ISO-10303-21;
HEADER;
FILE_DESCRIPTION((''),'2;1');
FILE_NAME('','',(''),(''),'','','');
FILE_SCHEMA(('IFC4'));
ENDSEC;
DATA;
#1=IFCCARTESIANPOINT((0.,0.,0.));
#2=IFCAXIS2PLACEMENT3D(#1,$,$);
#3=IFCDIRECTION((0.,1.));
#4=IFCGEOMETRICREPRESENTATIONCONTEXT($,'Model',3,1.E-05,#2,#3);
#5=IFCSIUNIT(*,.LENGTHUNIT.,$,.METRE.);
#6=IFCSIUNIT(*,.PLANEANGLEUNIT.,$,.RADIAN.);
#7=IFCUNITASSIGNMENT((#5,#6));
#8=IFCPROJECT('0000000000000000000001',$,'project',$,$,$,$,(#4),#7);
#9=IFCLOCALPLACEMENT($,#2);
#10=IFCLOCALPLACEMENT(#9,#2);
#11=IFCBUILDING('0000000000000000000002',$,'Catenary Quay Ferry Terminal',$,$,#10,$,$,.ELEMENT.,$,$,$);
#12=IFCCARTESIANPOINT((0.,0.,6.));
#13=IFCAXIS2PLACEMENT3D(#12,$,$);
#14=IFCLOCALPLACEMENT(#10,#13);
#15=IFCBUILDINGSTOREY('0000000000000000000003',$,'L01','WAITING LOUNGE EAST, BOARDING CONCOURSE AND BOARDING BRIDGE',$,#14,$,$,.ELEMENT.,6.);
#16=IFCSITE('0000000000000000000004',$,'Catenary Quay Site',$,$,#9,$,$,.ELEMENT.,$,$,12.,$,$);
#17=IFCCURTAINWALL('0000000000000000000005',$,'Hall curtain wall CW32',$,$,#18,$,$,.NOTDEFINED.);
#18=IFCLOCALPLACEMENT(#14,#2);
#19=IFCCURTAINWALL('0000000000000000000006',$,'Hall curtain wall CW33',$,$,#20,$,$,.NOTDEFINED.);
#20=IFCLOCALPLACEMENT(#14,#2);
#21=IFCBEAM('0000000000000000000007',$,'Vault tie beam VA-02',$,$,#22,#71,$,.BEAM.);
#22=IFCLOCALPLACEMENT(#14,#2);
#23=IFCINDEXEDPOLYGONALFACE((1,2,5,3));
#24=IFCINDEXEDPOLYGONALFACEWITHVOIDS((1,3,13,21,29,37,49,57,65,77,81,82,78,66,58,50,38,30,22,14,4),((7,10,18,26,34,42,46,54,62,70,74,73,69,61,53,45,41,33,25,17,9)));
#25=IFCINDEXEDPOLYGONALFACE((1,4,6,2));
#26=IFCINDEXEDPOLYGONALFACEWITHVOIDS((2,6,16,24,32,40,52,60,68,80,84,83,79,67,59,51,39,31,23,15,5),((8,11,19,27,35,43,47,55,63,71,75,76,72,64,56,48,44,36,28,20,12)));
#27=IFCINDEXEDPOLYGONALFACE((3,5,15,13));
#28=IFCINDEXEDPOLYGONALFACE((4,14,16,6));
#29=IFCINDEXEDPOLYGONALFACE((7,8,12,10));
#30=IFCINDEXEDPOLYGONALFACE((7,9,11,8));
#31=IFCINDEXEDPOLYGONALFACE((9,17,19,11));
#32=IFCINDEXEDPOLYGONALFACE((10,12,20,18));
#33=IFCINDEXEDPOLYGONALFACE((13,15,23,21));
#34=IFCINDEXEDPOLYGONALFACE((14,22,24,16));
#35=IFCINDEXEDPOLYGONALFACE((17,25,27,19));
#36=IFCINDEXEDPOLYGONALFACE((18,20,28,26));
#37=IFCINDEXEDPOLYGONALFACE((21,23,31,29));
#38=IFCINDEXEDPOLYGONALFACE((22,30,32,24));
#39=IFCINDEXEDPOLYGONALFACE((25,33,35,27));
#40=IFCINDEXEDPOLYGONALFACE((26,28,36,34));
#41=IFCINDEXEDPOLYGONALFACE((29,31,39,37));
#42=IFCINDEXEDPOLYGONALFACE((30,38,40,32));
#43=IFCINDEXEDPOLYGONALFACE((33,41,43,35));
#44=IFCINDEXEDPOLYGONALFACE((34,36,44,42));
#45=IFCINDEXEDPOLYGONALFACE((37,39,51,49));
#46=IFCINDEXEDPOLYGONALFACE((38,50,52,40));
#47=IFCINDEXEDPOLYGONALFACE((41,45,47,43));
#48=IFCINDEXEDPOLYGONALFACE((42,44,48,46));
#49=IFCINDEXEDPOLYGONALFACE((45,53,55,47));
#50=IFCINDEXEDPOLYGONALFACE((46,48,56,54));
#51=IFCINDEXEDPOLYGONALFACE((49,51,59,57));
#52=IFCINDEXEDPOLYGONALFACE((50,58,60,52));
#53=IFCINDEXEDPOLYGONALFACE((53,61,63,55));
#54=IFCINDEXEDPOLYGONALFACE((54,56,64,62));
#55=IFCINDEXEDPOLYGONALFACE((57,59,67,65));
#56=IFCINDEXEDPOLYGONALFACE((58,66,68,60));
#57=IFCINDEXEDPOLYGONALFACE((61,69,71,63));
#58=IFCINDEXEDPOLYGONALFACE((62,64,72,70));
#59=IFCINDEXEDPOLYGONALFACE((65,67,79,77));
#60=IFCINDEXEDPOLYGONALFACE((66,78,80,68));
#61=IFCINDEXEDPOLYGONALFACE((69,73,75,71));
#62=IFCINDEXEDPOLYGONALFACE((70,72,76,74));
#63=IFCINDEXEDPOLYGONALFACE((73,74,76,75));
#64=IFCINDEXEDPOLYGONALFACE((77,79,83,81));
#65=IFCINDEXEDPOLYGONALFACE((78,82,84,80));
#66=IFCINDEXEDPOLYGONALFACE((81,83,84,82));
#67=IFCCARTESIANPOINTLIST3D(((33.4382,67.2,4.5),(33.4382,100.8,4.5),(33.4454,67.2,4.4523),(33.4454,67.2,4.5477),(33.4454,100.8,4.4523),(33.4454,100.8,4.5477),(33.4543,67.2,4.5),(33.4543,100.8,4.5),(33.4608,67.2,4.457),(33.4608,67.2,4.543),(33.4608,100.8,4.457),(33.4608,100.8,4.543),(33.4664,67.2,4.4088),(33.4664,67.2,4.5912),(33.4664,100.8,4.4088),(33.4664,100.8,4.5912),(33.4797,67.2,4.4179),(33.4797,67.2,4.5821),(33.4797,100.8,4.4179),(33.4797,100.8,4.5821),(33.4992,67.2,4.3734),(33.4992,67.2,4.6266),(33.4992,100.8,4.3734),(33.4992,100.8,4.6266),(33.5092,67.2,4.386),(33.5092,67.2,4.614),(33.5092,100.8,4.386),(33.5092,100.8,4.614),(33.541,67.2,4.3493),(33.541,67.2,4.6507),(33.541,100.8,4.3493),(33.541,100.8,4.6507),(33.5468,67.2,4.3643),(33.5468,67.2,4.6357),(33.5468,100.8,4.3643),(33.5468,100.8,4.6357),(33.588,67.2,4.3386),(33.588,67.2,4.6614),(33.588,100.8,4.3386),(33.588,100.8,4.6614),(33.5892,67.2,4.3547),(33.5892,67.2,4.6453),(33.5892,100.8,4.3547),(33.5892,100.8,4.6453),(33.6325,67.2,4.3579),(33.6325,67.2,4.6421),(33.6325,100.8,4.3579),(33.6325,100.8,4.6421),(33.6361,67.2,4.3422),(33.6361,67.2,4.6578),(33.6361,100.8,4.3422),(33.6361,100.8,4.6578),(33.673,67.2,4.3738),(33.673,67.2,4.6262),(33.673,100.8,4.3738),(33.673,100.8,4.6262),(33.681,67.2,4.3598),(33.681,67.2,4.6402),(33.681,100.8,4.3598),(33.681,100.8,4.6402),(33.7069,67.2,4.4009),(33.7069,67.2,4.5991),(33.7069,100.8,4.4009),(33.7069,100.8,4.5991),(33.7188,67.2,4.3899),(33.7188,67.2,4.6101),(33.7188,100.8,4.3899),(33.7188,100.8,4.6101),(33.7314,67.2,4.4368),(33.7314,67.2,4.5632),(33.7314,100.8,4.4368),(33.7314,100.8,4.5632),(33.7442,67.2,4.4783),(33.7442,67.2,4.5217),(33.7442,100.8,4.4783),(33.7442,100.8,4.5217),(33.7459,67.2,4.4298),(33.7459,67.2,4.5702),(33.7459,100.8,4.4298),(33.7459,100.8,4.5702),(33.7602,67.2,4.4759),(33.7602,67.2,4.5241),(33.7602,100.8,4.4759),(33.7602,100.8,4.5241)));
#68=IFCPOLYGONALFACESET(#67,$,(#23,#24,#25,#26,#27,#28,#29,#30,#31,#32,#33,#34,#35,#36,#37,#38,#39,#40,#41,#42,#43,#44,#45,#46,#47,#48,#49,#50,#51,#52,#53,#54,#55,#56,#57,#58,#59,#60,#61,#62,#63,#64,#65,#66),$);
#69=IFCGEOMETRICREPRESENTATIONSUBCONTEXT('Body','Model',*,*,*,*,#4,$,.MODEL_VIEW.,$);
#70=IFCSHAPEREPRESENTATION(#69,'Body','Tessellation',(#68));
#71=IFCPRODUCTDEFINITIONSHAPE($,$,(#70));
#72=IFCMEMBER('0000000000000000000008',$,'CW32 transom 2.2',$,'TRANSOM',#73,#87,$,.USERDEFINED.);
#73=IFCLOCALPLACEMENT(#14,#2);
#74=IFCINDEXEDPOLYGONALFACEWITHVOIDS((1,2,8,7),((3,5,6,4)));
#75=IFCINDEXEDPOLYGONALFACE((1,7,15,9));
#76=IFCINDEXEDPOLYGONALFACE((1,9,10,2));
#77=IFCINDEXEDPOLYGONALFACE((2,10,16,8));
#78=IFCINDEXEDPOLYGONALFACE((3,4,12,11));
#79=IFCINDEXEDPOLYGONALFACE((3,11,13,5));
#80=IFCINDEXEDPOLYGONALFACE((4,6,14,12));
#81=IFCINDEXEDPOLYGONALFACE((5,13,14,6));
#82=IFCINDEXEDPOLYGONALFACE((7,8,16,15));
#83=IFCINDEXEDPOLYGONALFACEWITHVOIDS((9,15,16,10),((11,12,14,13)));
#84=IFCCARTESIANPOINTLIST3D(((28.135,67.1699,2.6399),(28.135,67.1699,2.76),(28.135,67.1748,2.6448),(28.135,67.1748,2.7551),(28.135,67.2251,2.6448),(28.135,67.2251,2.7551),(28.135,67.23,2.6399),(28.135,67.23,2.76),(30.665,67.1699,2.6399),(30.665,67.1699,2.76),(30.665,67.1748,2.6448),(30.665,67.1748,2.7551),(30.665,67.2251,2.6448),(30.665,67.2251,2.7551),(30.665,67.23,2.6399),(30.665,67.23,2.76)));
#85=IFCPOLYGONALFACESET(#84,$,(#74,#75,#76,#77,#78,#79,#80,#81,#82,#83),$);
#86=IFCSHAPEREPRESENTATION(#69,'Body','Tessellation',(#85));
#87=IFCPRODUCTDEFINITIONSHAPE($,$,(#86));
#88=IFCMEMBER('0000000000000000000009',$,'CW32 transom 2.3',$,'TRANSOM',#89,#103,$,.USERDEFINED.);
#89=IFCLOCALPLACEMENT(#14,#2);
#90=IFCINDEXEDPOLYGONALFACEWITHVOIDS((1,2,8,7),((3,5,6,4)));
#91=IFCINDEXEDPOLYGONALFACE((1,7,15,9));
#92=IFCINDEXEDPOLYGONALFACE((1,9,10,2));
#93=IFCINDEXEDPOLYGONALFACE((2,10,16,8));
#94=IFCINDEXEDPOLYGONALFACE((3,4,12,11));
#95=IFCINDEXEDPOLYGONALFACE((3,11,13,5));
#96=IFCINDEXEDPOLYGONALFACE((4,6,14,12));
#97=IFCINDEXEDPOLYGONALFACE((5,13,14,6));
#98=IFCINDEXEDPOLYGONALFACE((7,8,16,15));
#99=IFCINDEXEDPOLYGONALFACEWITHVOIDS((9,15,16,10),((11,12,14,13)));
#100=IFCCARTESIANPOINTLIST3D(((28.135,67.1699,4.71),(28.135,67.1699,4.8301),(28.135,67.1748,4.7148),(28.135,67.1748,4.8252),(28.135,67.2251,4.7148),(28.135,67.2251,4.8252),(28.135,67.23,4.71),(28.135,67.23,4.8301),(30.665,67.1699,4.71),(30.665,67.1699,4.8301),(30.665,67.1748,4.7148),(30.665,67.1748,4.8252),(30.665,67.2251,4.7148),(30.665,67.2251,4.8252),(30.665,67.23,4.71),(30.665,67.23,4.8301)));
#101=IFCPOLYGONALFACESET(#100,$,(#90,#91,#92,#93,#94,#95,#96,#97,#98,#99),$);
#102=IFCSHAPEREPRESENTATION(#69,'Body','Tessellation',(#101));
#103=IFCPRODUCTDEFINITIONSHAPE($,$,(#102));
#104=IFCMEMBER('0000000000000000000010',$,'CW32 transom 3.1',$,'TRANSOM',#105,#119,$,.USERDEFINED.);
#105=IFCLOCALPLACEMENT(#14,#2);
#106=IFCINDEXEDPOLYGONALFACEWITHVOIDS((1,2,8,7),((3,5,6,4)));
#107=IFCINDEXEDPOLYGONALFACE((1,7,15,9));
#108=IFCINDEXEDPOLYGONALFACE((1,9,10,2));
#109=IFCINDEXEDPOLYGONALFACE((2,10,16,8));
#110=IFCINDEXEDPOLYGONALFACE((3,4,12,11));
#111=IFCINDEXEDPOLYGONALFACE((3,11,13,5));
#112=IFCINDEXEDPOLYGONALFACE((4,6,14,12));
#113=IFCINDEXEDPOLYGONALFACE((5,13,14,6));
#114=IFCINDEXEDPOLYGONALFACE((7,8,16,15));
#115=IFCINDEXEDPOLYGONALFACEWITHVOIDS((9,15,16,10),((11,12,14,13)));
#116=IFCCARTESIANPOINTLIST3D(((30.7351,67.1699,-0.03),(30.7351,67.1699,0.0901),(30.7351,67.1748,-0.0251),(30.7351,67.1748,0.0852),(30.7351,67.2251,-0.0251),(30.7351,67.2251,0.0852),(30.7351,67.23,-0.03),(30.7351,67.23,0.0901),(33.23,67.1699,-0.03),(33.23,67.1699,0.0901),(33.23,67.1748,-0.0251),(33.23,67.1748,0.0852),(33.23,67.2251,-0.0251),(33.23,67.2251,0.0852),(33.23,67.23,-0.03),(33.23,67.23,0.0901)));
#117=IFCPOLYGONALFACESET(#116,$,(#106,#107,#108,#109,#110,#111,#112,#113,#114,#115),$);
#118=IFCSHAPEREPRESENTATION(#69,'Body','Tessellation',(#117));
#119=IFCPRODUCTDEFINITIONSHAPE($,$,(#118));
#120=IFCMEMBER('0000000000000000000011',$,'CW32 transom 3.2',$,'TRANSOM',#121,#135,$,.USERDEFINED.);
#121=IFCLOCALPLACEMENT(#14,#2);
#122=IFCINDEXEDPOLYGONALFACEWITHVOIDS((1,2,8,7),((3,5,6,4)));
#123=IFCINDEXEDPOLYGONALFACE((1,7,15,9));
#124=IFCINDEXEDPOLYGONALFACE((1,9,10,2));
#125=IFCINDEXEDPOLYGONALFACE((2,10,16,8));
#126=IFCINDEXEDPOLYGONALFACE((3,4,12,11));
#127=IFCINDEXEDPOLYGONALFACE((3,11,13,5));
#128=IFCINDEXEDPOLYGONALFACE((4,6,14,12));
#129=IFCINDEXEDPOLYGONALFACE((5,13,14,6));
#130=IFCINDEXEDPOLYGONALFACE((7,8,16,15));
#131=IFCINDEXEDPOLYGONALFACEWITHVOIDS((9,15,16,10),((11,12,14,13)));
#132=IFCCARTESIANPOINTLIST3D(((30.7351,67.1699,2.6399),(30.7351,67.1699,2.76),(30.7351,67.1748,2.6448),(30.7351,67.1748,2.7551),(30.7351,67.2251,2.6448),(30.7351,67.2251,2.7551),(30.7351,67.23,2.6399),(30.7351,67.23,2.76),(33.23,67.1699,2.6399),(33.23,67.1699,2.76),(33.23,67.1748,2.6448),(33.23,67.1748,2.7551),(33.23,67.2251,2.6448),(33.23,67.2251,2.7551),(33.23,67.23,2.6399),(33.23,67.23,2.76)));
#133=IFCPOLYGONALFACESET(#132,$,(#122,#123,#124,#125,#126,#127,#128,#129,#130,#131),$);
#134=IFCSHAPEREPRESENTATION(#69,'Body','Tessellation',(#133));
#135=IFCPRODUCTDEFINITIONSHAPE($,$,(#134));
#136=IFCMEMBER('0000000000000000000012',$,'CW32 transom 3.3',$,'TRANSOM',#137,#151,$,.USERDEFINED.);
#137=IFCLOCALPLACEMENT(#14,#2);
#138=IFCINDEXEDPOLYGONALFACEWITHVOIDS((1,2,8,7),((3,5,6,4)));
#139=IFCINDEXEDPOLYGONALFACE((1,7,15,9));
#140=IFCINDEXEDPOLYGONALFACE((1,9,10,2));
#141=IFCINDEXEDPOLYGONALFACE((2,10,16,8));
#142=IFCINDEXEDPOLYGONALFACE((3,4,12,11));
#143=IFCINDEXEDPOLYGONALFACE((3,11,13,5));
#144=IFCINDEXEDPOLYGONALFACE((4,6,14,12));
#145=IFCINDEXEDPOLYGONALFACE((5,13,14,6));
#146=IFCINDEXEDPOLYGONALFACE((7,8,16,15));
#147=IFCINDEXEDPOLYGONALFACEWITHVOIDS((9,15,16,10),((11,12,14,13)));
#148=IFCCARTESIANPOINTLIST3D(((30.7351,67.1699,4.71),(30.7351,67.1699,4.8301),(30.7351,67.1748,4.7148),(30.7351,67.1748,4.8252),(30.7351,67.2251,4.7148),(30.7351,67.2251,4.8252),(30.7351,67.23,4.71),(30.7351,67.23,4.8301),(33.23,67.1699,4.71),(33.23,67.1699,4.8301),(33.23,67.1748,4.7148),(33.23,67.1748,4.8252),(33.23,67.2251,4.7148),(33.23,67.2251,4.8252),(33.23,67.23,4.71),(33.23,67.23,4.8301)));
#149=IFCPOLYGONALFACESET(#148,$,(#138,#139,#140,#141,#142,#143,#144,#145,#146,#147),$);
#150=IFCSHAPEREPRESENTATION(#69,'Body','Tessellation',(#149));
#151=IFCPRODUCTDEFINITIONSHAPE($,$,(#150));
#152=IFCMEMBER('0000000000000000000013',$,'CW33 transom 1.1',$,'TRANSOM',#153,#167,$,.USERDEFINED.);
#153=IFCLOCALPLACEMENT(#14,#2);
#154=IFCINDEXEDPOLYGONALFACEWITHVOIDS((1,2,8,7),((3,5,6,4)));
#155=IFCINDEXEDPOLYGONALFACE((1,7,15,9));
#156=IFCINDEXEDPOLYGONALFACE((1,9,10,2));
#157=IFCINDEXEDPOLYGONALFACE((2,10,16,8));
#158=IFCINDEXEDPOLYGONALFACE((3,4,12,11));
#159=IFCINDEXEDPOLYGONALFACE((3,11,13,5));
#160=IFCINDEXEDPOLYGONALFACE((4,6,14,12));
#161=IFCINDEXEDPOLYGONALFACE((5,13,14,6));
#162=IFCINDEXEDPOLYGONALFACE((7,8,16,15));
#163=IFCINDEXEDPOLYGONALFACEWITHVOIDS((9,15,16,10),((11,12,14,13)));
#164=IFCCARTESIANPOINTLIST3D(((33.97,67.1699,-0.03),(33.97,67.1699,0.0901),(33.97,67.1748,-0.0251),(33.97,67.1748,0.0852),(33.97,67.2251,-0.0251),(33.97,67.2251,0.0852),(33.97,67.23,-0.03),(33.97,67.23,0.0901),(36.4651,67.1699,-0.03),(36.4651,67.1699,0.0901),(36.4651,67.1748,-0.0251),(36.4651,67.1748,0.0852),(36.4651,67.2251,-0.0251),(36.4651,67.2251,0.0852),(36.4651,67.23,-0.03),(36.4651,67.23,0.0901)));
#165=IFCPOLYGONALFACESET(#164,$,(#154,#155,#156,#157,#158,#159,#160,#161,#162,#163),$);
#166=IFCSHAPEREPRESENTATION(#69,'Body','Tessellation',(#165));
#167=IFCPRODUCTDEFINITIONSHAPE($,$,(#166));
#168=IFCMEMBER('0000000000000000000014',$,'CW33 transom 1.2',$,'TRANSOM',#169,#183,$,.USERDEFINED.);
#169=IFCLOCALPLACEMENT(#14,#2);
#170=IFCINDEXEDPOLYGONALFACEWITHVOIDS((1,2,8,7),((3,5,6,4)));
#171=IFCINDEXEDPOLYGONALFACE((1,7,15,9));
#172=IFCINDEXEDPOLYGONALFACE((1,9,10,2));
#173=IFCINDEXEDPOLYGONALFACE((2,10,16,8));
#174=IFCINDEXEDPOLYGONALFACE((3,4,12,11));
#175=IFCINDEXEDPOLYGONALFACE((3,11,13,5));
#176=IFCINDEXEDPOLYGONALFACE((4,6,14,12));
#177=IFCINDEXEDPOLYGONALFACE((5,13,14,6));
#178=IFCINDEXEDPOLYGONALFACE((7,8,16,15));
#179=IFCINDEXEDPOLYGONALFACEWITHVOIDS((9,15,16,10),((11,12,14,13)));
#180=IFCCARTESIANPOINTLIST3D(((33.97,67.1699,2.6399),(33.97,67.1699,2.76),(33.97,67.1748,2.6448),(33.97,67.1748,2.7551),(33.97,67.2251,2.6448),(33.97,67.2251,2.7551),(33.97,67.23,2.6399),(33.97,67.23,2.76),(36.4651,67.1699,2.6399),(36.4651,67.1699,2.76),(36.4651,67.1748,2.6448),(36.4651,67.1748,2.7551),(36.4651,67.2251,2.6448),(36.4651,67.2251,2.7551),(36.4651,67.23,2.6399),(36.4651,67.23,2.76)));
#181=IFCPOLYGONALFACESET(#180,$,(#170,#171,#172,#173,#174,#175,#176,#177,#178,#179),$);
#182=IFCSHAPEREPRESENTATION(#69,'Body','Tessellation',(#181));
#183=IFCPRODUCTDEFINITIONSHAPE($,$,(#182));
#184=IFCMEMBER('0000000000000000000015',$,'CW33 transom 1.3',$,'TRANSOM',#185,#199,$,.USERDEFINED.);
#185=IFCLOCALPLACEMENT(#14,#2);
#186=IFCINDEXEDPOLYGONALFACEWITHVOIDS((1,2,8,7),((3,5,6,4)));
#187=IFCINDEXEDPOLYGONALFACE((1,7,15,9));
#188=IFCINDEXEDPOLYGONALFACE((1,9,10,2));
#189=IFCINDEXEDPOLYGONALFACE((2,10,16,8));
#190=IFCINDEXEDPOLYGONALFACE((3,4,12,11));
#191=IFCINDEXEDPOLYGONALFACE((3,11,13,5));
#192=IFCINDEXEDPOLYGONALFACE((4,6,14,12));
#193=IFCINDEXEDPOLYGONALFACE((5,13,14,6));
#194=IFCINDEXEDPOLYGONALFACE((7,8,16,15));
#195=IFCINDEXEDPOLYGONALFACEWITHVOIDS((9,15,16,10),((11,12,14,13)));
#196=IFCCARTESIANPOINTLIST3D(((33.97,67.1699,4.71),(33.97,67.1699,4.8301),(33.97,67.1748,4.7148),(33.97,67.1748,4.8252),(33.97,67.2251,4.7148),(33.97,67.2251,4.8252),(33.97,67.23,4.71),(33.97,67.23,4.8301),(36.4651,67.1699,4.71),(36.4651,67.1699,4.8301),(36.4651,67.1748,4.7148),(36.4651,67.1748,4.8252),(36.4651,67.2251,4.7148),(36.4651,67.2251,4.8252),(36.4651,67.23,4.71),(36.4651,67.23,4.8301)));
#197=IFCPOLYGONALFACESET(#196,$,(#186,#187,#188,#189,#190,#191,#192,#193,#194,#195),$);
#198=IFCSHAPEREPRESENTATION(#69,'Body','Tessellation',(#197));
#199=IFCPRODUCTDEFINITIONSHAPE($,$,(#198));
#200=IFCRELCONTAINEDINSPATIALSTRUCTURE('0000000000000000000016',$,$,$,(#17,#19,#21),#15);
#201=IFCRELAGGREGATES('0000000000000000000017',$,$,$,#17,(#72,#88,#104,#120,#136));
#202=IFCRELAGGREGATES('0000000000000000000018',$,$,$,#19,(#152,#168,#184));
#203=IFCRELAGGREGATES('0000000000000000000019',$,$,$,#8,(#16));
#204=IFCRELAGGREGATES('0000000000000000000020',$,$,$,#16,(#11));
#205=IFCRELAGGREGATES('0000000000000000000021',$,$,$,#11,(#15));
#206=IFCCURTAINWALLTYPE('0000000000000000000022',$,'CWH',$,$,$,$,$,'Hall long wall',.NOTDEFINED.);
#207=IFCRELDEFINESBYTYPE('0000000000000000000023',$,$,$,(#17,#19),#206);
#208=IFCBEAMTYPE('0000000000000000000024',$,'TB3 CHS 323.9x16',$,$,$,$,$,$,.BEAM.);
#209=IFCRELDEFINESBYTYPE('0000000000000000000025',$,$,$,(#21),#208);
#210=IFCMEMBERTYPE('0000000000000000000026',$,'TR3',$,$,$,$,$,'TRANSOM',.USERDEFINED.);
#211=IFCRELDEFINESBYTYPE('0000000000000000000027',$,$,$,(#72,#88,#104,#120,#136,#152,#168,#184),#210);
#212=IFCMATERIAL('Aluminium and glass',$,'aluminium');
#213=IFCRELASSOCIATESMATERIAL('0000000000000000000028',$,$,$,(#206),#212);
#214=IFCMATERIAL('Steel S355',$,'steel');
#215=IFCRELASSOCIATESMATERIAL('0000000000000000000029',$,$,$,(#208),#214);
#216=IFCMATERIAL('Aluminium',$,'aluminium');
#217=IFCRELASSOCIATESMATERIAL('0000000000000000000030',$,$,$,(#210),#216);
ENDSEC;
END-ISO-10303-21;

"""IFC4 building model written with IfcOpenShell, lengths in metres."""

from ifc_helpers import new_model, si_unit, direction, frame, origin, origin_2d, place, context, subcontext, project, spatial, hollow_rectangle, hollow_circle, extrude, material, material_profile, profile_set, type_object, element, aggregate, save


model = new_model("IFC4")

# Units and contexts
model_context = context("Model", 3, precision=1e-05, world=origin(), true_north=direction((0.0, 1.0)))
body_context = subcontext(model_context, "Body", "Model", "MODEL_VIEW")
ifc_project = project(units=[si_unit("LENGTHUNIT", "METRE"), si_unit("PLANEANGLEUNIT", "RADIAN")], contexts=[model_context])

# Site, building, storey
site_placement = place(None, origin())
site = spatial("IfcSite", under=ifc_project, at=site_placement, Name="Catenary Quay Site", CompositionType="ELEMENT", RefElevation=12.0)
building_placement = place(site_placement, origin())
building = spatial("IfcBuilding", under=site, at=building_placement, Name="Catenary Quay Ferry Terminal", CompositionType="ELEMENT")
storey_placement = place(building_placement, frame((0.0, 0.0, 6.0)))
storey = spatial("IfcBuildingStorey", under=building, at=storey_placement, Name="L01", Description="WAITING LOUNGE EAST, BOARDING CONCOURSE AND BOARDING BRIDGE", CompositionType="ELEMENT", Elevation=6.0)

# Curtain wall
ifc_material_1 = material(Name="Aluminium and glass", Category="aluminium")
curtain_wall_type = type_object("IfcCurtainWallType", Name="CWH", ElementType="Hall long wall", PredefinedType="NOTDEFINED", material=ifc_material_1)
curtain_wall_1_placement = place(storey_placement, origin())
curtain_wall_1 = element("IfcCurtainWall", 1, at=curtain_wall_1_placement, inside=storey, type_object=curtain_wall_type, Name="Hall curtain wall CW32", PredefinedType="NOTDEFINED")

# Curtain wall
curtain_wall_2_placement = place(storey_placement, origin())
curtain_wall_2 = element("IfcCurtainWall", 2, at=curtain_wall_2_placement, inside=storey, type_object=curtain_wall_type, Name="Hall curtain wall CW33", PredefinedType="NOTDEFINED")

# Beam
ifc_material_2 = material(Name="Steel S355", Category="steel")
ifc_material_profile_1 = material_profile(ifc_material_2, hollow_circle(Radius=0.1619, WallThickness=0.0161, at=origin_2d()), Name="CHS 323.9x16")
ifc_profile_set_1 = profile_set([ifc_material_profile_1], Name="Steel S355")
beam_type_1 = type_object("IfcBeamType", Name="TB3 CHS 323.9x16", PredefinedType="BEAM", material=ifc_profile_set_1)
beam_1_placement = place(storey_placement, frame((33.6001, 67.2, 4.5), z_axis=(0.0, 1.0, 0.0), x_axis=(-1.0, 0.0, 0.0)))
element("IfcBeam", 3, at=beam_1_placement, inside=storey, type_object=beam_type_1, Name="Vault tie beam VA-02", PredefinedType="BEAM", context=body_context, shape_type="SweptSolid", body=[
    extrude(hollow_circle(Radius=0.1619, WallThickness=0.0161, at=origin_2d()), origin(), (0.0, 0.0, 1.0), 33.6001),
])

# Members
ifc_material_3 = material(Name="Aluminium", Category="aluminium")
ifc_material_profile_2 = material_profile(ifc_material_3, hollow_rectangle(XDim=0.0601, YDim=0.1201, WallThickness=0.0049, at=origin_2d()), Name="TR3")
ifc_profile_set_2 = profile_set([ifc_material_profile_2], Name="Aluminium")
member_type_1 = type_object("IfcMemberType", Name="TR3", ElementType="TRANSOM", PredefinedType="USERDEFINED", material=ifc_profile_set_2)
member_1_placement = place(storey_placement, frame((28.135, 67.2, 2.7), z_axis=(1.0, 0.0, 0.0), x_axis=(0.0, 1.0, 0.0)))
member_1 = element("IfcMember", 4, at=member_1_placement, type_object=member_type_1, Name="CW32 transom 2.2", ObjectType="TRANSOM", PredefinedType="USERDEFINED", context=body_context, shape_type="SweptSolid", body=[
    extrude(hollow_rectangle(XDim=0.0601, YDim=0.1201, WallThickness=0.0049, at=origin_2d()), origin(), (0.0, 0.0, 1.0), 2.53),
])
member_2_placement = place(storey_placement, frame((28.135, 67.2, 4.77), z_axis=(1.0, 0.0, 0.0), x_axis=(0.0, 1.0, 0.0)))
member_2 = element("IfcMember", 5, at=member_2_placement, type_object=member_type_1, Name="CW32 transom 2.3", ObjectType="TRANSOM", PredefinedType="USERDEFINED", context=body_context, shape_type="SweptSolid", body=[
    extrude(hollow_rectangle(XDim=0.0601, YDim=0.1201, WallThickness=0.0049, at=origin_2d()), origin(), (0.0, 0.0, 1.0), 2.53),
])
member_3_placement = place(storey_placement, frame((30.7351, 67.2, 0.03), z_axis=(1.0, 0.0, 0.0), x_axis=(0.0, 1.0, 0.0)))
member_3 = element("IfcMember", 6, at=member_3_placement, type_object=member_type_1, Name="CW32 transom 3.1", ObjectType="TRANSOM", PredefinedType="USERDEFINED", context=body_context, shape_type="SweptSolid", body=[
    extrude(hollow_rectangle(XDim=0.0601, YDim=0.1201, WallThickness=0.0049, at=origin_2d()), origin(), (0.0, 0.0, 1.0), 2.4949),
])
member_4_placement = place(storey_placement, frame((30.7351, 67.2, 2.7), z_axis=(1.0, 0.0, 0.0), x_axis=(0.0, 1.0, 0.0)))
member_4 = element("IfcMember", 7, at=member_4_placement, type_object=member_type_1, Name="CW32 transom 3.2", ObjectType="TRANSOM", PredefinedType="USERDEFINED", context=body_context, shape_type="SweptSolid", body=[
    extrude(hollow_rectangle(XDim=0.0601, YDim=0.1201, WallThickness=0.0049, at=origin_2d()), origin(), (0.0, 0.0, 1.0), 2.4949),
])
member_5_placement = place(storey_placement, frame((30.7351, 67.2, 4.77), z_axis=(1.0, 0.0, 0.0), x_axis=(0.0, 1.0, 0.0)))
member_5 = element("IfcMember", 8, at=member_5_placement, type_object=member_type_1, Name="CW32 transom 3.3", ObjectType="TRANSOM", PredefinedType="USERDEFINED", context=body_context, shape_type="SweptSolid", body=[
    extrude(hollow_rectangle(XDim=0.0601, YDim=0.1201, WallThickness=0.0049, at=origin_2d()), origin(), (0.0, 0.0, 1.0), 2.4949),
])
member_6_placement = place(storey_placement, frame((33.97, 67.2, 0.03), z_axis=(1.0, 0.0, 0.0), x_axis=(0.0, 1.0, 0.0)))
member_6 = element("IfcMember", 9, at=member_6_placement, type_object=member_type_1, Name="CW33 transom 1.1", ObjectType="TRANSOM", PredefinedType="USERDEFINED", context=body_context, shape_type="SweptSolid", body=[
    extrude(hollow_rectangle(XDim=0.0601, YDim=0.1201, WallThickness=0.0049, at=origin_2d()), origin(), (0.0, 0.0, 1.0), 2.4951),
])
member_7_placement = place(storey_placement, frame((33.97, 67.2, 2.7), z_axis=(1.0, 0.0, 0.0), x_axis=(0.0, 1.0, 0.0)))
member_7 = element("IfcMember", 10, at=member_7_placement, type_object=member_type_1, Name="CW33 transom 1.2", ObjectType="TRANSOM", PredefinedType="USERDEFINED", context=body_context, shape_type="SweptSolid", body=[
    extrude(hollow_rectangle(XDim=0.0601, YDim=0.1201, WallThickness=0.0049, at=origin_2d()), origin(), (0.0, 0.0, 1.0), 2.4951),
])
member_8_placement = place(storey_placement, frame((33.97, 67.2, 4.77), z_axis=(1.0, 0.0, 0.0), x_axis=(0.0, 1.0, 0.0)))
member_8 = element("IfcMember", 11, at=member_8_placement, type_object=member_type_1, Name="CW33 transom 1.3", ObjectType="TRANSOM", PredefinedType="USERDEFINED", context=body_context, shape_type="SweptSolid", body=[
    extrude(hollow_rectangle(XDim=0.0601, YDim=0.1201, WallThickness=0.0049, at=origin_2d()), origin(), (0.0, 0.0, 1.0), 2.4951),
])

aggregate(curtain_wall_1, [member_1, member_2, member_3, member_4, member_5])
aggregate(curtain_wall_2, [member_6, member_7, member_8])

save(model, "model.ifc")
